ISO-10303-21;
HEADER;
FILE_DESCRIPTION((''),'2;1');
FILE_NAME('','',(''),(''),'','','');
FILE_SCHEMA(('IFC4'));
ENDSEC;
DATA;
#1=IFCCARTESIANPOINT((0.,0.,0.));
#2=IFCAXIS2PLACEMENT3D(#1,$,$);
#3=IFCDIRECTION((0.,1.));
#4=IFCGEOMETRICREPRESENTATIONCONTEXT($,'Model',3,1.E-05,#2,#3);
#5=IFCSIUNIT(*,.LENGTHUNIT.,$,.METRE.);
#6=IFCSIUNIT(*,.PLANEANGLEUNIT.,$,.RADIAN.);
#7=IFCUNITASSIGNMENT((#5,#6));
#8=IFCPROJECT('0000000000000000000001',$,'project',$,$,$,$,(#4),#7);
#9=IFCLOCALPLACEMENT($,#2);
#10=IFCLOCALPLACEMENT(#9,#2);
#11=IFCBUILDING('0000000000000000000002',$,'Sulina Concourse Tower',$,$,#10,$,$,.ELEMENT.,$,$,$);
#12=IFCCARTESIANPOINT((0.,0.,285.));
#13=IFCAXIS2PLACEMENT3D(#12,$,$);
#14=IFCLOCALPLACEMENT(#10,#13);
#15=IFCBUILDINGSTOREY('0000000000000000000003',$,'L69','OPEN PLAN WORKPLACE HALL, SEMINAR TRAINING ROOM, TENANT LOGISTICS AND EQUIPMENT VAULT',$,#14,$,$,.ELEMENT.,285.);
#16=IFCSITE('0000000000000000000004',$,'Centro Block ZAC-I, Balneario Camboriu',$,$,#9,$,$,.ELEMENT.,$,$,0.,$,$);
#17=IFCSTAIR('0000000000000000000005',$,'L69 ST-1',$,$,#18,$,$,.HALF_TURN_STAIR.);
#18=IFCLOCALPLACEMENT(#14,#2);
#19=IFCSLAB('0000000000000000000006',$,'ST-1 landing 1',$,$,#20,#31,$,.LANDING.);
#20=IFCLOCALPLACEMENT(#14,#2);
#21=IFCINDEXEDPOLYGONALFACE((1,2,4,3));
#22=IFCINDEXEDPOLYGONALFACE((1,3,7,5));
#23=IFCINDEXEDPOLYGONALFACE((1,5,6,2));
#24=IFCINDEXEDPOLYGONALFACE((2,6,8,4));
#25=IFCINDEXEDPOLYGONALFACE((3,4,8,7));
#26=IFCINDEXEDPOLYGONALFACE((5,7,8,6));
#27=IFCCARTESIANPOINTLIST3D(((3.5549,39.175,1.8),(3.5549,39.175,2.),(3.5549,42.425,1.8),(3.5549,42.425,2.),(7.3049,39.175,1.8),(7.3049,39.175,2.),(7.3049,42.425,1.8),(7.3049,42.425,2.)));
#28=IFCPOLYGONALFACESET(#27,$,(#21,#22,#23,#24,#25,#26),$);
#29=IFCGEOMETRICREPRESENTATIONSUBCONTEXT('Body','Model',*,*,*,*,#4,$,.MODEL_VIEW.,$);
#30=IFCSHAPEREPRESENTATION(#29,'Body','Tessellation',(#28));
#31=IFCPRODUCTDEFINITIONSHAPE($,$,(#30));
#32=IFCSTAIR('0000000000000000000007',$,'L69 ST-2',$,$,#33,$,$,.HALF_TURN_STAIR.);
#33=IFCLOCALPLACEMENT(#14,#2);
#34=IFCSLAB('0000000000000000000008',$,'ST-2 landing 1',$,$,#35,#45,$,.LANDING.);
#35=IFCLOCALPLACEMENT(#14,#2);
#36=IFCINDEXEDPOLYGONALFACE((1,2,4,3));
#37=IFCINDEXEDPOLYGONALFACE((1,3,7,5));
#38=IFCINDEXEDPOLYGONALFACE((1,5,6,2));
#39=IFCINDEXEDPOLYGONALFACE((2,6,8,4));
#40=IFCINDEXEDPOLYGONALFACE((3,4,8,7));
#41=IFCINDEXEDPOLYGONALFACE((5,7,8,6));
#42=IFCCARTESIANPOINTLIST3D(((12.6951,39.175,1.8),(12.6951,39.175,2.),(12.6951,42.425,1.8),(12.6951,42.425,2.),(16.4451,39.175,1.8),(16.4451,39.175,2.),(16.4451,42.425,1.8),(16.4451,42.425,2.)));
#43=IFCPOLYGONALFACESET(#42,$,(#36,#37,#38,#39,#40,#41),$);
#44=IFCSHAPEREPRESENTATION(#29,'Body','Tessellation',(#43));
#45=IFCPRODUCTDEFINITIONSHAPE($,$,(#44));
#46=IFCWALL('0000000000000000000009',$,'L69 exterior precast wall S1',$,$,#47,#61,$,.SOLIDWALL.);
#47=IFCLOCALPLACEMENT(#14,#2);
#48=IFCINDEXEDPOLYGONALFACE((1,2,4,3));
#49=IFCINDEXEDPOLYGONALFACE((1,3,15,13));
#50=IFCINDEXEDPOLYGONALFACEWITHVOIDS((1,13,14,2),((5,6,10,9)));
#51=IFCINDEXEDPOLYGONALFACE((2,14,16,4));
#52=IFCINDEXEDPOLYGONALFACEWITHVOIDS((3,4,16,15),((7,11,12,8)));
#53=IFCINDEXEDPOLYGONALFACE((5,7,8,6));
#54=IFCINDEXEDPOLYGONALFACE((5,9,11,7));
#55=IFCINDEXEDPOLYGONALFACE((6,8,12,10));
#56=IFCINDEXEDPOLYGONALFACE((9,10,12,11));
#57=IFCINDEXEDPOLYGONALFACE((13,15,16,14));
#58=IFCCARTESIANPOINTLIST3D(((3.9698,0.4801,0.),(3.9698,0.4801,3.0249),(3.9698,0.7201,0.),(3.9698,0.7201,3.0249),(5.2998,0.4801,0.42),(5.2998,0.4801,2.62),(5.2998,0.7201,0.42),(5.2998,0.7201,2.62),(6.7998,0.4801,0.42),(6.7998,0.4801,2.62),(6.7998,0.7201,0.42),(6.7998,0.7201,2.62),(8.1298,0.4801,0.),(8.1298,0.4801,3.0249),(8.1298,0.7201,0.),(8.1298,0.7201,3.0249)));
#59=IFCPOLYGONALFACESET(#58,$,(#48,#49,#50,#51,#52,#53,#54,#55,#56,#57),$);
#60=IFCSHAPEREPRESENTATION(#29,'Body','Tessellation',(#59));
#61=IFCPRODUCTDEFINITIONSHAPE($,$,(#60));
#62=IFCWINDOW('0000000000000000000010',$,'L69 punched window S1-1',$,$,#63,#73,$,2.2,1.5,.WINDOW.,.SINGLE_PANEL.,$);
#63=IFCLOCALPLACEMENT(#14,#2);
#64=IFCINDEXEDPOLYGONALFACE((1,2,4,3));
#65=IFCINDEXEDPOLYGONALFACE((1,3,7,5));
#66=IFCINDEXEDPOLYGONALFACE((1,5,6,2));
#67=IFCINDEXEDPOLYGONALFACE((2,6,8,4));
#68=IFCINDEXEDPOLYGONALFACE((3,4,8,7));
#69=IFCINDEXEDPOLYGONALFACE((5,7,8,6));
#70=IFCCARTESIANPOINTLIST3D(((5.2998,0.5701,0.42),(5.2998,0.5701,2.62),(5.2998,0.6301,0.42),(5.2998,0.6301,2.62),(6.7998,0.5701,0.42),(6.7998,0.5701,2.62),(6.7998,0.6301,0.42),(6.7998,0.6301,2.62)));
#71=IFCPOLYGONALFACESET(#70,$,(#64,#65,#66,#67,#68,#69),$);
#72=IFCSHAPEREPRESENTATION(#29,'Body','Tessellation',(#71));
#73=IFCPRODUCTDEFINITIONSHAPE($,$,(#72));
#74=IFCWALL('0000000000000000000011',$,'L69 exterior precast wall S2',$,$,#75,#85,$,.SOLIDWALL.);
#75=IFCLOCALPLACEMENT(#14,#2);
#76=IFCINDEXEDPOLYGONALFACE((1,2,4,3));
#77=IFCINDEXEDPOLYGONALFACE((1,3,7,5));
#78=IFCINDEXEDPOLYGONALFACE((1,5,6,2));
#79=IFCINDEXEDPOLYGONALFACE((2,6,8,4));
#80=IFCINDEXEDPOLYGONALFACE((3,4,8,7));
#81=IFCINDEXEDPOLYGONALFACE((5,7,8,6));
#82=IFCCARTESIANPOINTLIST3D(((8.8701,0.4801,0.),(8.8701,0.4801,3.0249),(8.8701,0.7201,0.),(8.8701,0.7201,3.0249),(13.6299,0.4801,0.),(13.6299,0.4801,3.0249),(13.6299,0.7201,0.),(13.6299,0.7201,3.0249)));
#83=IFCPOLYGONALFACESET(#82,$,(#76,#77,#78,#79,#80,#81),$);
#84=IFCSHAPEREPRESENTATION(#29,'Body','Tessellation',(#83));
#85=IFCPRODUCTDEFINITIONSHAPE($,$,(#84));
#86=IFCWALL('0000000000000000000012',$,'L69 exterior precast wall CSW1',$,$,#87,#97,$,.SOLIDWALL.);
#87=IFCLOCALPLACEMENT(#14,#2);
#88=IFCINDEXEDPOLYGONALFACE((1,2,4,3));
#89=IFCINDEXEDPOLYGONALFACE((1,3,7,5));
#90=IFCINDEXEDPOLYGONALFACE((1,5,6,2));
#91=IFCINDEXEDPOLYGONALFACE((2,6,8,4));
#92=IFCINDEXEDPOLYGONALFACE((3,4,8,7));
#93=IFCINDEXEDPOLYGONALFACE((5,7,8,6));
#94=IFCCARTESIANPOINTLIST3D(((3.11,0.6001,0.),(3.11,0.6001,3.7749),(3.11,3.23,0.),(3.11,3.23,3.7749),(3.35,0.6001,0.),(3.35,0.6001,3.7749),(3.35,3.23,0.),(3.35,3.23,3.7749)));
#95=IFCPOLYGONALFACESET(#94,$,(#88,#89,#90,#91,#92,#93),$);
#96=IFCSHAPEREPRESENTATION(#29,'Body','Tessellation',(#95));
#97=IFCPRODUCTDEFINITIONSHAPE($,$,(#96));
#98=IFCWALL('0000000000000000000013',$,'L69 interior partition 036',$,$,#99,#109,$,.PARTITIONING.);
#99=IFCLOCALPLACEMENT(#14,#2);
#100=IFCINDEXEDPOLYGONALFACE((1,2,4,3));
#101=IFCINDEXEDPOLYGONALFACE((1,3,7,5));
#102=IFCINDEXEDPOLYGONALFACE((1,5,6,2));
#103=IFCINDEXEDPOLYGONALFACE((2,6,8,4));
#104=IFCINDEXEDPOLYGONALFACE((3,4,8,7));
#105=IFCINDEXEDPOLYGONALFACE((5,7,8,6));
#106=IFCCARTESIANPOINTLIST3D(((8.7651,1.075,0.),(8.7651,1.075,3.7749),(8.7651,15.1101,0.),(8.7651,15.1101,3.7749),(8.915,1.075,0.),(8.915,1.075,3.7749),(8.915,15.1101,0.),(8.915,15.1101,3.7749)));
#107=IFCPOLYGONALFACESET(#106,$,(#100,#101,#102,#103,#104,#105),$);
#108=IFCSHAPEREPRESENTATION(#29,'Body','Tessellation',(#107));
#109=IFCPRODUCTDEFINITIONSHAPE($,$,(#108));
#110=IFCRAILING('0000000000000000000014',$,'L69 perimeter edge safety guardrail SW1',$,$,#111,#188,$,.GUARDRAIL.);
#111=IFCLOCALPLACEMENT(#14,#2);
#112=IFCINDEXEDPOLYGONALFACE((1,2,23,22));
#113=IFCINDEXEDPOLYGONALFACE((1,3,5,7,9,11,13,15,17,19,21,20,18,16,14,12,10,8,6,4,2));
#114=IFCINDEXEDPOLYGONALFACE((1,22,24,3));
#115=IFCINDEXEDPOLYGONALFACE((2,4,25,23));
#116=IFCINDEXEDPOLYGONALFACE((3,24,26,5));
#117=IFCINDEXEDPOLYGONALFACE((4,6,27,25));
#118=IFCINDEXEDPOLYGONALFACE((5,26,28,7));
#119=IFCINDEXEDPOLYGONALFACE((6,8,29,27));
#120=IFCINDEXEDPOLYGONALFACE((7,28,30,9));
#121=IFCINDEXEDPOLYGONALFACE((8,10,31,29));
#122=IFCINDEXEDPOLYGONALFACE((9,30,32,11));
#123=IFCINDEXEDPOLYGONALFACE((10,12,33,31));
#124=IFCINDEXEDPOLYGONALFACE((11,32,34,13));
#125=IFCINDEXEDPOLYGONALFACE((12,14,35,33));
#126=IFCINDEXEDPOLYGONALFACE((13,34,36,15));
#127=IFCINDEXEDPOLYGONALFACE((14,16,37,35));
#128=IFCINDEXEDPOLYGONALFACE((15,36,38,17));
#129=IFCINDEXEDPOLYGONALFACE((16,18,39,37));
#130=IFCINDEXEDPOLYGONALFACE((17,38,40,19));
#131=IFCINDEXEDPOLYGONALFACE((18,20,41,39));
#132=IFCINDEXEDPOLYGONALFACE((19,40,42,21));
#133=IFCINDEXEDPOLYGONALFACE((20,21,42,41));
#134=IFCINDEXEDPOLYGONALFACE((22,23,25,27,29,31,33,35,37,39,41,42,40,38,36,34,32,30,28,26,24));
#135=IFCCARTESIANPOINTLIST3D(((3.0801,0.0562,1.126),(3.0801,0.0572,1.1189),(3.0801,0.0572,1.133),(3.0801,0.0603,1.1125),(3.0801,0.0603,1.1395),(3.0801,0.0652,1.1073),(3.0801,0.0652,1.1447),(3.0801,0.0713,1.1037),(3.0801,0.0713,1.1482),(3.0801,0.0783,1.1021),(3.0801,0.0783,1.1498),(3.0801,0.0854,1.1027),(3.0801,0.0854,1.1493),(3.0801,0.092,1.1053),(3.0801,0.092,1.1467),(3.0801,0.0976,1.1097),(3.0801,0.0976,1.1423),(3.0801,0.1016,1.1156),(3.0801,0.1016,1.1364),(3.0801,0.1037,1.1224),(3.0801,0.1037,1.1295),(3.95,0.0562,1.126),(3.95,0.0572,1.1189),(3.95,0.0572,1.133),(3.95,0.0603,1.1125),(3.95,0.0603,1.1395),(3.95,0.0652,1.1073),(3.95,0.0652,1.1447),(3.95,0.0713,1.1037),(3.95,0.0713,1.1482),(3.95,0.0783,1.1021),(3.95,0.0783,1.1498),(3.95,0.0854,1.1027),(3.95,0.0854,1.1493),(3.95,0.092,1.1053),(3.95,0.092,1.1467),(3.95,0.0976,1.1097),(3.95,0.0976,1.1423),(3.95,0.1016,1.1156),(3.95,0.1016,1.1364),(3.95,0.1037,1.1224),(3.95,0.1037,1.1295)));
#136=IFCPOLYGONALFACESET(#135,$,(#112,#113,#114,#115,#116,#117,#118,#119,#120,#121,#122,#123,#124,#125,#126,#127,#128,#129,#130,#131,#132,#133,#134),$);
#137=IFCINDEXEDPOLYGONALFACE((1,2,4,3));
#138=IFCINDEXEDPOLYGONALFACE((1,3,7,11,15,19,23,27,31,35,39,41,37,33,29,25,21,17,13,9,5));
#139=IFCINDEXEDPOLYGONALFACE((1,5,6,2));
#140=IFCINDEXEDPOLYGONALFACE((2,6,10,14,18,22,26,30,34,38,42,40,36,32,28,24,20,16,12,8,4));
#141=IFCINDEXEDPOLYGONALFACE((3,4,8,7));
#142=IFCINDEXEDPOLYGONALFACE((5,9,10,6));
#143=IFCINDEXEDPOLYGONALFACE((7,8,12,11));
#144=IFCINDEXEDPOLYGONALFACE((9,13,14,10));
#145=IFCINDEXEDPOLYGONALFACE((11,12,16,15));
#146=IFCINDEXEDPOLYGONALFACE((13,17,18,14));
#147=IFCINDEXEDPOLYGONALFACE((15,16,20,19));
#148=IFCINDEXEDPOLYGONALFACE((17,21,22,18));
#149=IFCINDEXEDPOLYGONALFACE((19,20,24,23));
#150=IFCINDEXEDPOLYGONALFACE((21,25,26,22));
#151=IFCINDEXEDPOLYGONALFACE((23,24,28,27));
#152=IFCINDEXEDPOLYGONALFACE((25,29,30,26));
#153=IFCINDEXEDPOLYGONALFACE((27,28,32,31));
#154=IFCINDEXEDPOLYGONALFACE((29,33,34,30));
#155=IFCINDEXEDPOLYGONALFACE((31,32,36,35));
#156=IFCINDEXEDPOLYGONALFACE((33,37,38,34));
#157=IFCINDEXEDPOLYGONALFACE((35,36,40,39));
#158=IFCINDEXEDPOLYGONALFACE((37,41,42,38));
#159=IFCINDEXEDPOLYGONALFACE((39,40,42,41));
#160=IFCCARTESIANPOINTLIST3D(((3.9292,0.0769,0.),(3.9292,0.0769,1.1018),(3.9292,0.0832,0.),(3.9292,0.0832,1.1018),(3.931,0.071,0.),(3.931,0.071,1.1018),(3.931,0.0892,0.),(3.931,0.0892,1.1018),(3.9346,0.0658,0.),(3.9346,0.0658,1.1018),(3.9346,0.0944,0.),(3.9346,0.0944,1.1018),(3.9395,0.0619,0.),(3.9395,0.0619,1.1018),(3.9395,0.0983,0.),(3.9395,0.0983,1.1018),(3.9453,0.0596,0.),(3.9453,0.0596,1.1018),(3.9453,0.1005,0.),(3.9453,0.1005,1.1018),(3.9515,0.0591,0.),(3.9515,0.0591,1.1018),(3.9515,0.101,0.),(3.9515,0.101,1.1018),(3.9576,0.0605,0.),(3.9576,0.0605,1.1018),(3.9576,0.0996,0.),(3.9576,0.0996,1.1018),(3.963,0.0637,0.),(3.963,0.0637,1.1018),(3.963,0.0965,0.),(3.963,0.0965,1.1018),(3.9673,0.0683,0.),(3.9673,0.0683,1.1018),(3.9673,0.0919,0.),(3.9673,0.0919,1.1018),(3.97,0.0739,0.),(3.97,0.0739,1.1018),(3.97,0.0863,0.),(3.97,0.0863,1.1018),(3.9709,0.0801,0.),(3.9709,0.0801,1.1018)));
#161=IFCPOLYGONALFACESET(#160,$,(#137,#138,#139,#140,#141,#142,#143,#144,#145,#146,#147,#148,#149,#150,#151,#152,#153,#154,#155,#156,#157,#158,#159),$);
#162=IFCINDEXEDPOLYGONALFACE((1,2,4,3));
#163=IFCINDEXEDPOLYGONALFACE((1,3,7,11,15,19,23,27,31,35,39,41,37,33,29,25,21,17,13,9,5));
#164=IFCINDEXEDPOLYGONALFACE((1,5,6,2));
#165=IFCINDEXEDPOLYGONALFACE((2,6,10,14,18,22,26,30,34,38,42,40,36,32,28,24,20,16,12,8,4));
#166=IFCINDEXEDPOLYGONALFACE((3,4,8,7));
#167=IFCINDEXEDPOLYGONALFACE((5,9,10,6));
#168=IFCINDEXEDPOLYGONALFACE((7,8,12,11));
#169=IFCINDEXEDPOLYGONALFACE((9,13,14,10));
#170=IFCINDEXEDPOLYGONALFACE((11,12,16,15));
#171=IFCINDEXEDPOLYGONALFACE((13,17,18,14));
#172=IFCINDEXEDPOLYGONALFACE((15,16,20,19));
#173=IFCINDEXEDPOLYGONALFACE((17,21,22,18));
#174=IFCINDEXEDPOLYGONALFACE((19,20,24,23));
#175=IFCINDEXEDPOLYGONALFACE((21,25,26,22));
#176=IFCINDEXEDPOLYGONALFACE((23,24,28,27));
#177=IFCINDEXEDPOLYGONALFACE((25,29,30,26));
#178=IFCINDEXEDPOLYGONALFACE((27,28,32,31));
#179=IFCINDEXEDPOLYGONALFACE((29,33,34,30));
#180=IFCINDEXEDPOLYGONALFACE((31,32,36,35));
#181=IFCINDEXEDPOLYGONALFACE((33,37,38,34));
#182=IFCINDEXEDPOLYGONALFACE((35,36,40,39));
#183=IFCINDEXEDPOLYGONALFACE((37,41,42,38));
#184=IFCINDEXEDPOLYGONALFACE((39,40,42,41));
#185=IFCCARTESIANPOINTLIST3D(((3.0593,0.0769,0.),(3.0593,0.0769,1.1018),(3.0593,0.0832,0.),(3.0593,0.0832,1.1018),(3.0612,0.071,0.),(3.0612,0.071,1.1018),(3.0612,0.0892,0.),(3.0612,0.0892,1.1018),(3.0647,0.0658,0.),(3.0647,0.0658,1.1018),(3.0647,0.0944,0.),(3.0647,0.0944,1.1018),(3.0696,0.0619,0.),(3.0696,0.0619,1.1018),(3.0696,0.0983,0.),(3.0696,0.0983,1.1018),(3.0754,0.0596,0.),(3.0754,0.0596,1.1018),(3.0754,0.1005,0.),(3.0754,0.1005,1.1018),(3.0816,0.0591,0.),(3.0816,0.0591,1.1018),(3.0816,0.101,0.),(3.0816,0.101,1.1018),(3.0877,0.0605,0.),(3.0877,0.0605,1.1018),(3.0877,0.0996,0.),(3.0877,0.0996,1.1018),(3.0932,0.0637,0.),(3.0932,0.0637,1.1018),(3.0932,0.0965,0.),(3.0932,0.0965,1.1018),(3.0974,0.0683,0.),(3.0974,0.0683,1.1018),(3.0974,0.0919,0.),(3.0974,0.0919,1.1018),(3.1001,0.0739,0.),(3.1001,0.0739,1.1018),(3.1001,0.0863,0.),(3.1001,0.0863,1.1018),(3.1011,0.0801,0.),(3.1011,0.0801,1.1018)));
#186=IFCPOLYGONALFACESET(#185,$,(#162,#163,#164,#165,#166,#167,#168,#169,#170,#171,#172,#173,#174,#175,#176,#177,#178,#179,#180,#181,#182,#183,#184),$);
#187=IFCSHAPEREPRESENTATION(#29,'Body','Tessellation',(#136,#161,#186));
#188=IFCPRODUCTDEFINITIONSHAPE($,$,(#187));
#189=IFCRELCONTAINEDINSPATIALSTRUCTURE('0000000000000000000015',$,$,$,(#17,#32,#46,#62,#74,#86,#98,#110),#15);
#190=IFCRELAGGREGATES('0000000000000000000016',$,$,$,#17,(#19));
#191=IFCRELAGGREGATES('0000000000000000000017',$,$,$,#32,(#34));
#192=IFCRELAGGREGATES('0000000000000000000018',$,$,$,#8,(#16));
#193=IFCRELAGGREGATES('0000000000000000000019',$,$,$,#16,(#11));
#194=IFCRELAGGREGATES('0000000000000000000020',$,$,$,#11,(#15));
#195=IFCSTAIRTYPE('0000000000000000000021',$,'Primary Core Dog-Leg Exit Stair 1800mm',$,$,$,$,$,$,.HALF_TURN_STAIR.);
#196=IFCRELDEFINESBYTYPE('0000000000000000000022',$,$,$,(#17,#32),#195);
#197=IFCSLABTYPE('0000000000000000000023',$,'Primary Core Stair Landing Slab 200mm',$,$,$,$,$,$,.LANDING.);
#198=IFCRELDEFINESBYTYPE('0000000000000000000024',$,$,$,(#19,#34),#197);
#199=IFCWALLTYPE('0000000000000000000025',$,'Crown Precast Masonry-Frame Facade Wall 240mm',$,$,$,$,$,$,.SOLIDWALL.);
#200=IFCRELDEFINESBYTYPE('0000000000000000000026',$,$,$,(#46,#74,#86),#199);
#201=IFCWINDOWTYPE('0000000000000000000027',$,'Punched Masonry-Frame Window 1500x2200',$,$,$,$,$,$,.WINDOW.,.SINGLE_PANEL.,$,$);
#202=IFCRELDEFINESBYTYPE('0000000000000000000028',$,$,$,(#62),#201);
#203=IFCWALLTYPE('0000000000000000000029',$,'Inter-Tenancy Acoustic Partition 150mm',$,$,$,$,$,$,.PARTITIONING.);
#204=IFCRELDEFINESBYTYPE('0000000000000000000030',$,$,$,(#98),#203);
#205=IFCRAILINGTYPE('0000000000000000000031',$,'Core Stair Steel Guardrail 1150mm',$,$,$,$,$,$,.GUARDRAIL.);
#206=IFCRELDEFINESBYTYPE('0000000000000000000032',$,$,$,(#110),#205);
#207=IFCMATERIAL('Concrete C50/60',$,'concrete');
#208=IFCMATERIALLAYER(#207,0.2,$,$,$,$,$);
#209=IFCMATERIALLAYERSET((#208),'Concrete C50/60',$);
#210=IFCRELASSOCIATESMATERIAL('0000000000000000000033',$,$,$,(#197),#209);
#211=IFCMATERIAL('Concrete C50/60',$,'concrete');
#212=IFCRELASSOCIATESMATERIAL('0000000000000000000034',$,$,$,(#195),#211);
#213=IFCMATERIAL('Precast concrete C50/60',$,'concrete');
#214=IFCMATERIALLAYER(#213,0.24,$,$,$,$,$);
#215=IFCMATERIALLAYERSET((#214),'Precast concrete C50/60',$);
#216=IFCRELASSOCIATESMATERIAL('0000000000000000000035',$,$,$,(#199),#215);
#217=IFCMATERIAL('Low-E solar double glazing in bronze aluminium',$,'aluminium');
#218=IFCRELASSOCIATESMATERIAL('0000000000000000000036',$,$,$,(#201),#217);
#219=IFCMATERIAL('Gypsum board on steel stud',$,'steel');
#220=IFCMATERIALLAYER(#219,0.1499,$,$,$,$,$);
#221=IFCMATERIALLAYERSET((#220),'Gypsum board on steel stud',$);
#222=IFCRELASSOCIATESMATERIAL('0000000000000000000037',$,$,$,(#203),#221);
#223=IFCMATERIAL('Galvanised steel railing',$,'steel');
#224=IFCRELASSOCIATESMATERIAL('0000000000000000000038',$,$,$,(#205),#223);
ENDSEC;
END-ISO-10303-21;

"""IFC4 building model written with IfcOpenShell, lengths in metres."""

from ifc_helpers import new_model, si_unit, direction, frame, frame_2d, origin, origin_2d, place, context, subcontext, project, spatial, polyline, rectangle, circle, outline, extrude, material, layer, layer_set, type_object, element, fill, aggregate, save


model = new_model("IFC4")

# Units and contexts
model_context = context("Model", 3, precision=1e-05, world=origin(), true_north=direction((0.0, 1.0)))
body_context = subcontext(model_context, "Body", "Model", "MODEL_VIEW")
ifc_project = project(units=[si_unit("LENGTHUNIT", "METRE"), si_unit("PLANEANGLEUNIT", "RADIAN")], contexts=[model_context])

# Site, building, storey
site_placement = place(None, origin())
site = spatial("IfcSite", under=ifc_project, at=site_placement, Name="Centro Block ZAC-I, Balneario Camboriu", CompositionType="ELEMENT", RefElevation=0.0)
building_placement = place(site_placement, origin())
building = spatial("IfcBuilding", under=site, at=building_placement, Name="Sulina Concourse Tower", CompositionType="ELEMENT")
storey_placement = place(building_placement, frame((0.0, 0.0, 285.0)))
storey = spatial("IfcBuildingStorey", under=building, at=storey_placement, Name="L69", Description="OPEN PLAN WORKPLACE HALL, SEMINAR TRAINING ROOM, TENANT LOGISTICS AND EQUIPMENT VAULT", CompositionType="ELEMENT", Elevation=285.0)

# Shared definitions
ifc_material_1 = material(Name="Concrete C50/60", Category="concrete")
ifc_layer_1 = layer(ifc_material_1, 0.2)
ifc_layer_set_1 = layer_set([ifc_layer_1], Name="Concrete C50/60")
slab_type_1 = type_object("IfcSlabType", Name="Primary Core Stair Landing Slab 200mm", PredefinedType="LANDING", material=ifc_layer_set_1)

# Stairs, slabs
ifc_material_2 = material(Name="Concrete C50/60", Category="concrete")
stair_type = type_object("IfcStairType", Name="Primary Core Dog-Leg Exit Stair 1800mm", PredefinedType="HALF_TURN_STAIR", material=ifc_material_2)
stair_1_placement = place(storey_placement, origin())
stair_1 = element("IfcStair", 1, at=stair_1_placement, inside=storey, type_object=stair_type, Name="L69 ST-1", PredefinedType="HALF_TURN_STAIR")
slab_1_placement = place(storey_placement, frame((0.0, 0.0, 1.8)))
slab_1 = element("IfcSlab", 2, at=slab_1_placement, type_object=slab_type_1, Name="ST-1 landing 1", PredefinedType="LANDING", context=body_context, shape_type="SweptSolid", body=[
    extrude(outline(polyline([(7.3049, 39.175), (7.3049, 42.425), (3.5549, 42.425), (3.5549, 39.175), (7.3049, 39.175)])), origin(), (0.0, 0.0, 1.0), 0.2),
])
aggregate(stair_1, [slab_1])
stair_2_placement = place(storey_placement, origin())
stair_2 = element("IfcStair", 3, at=stair_2_placement, inside=storey, type_object=stair_type, Name="L69 ST-2", PredefinedType="HALF_TURN_STAIR")
slab_2_placement = place(storey_placement, frame((0.0, 0.0, 1.8)))
slab_2 = element("IfcSlab", 4, at=slab_2_placement, type_object=slab_type_1, Name="ST-2 landing 1", PredefinedType="LANDING", context=body_context, shape_type="SweptSolid", body=[
    extrude(outline(polyline([(16.4451, 39.175), (16.4451, 42.425), (12.6951, 42.425), (12.6951, 39.175), (16.4451, 39.175)])), origin(), (0.0, 0.0, 1.0), 0.2),
])
aggregate(stair_2, [slab_2])

# Wall, opening, window
ifc_material_3 = material(Name="Precast concrete C50/60", Category="concrete")
ifc_layer_2 = layer(ifc_material_3, 0.24)
ifc_layer_set_2 = layer_set([ifc_layer_2], Name="Precast concrete C50/60")
wall_type_1 = type_object("IfcWallType", Name="Crown Precast Masonry-Frame Facade Wall 240mm", PredefinedType="SOLIDWALL", material=ifc_layer_set_2)
wall_1_placement = place(storey_placement, frame((8.1299, 0.6001, 0.0), z_axis=(0.0, 0.0, 1.0), x_axis=(-1.0, 0.0, 0.0)))
wall_1 = element("IfcWall", 5, at=wall_1_placement, inside=storey, type_object=wall_type_1, Name="L69 exterior precast wall S1", PredefinedType="SOLIDWALL", context=body_context, shape_type="SweptSolid", body=[
    extrude(rectangle(XDim=4.1599, YDim=0.24, at=frame_2d((2.0801, 0.0))), origin(), (0.0, 0.0, 1.0), 3.0249),
])
opening_placement = place(wall_1_placement, frame((1.3301, 0.0, 0.4199)))
opening = element("IfcOpeningElement", 6, at=opening_placement, cuts=wall_1, PredefinedType="OPENING", context=body_context, shape_type="SweptSolid", body=[
    extrude(rectangle(XDim=1.5, YDim=2.2, at=frame_2d((0.75, 1.1001))), frame((0.0, 0.1299, 0.0), z_axis=(0.0, -1.0, 0.0), x_axis=(1.0, 0.0, 0.0)), (0.0, 0.0, 1.0), 0.26),
])
ifc_material_4 = material(Name="Low-E solar double glazing in bronze aluminium", Category="aluminium")
window_type = type_object("IfcWindowType", Name="Punched Masonry-Frame Window 1500x2200", PartitioningType="SINGLE_PANEL", PredefinedType="WINDOW", material=ifc_material_4)
window_placement = place(opening_placement, origin())
window = element("IfcWindow", 7, at=window_placement, inside=storey, type_object=window_type, Name="L69 punched window S1-1", OverallHeight=2.2, OverallWidth=1.5, PartitioningType="SINGLE_PANEL", PredefinedType="WINDOW", context=body_context, shape_type="SweptSolid", body=[
    extrude(rectangle(XDim=1.5, YDim=2.2, at=frame_2d((0.75, 1.1001))), frame((0.0, 0.03, 0.0), z_axis=(0.0, -1.0, 0.0), x_axis=(1.0, 0.0, 0.0)), (0.0, 0.0, 1.0), 0.0601),
])
fill(opening, window)

# Walls
wall_2_placement = place(storey_placement, frame((13.6299, 0.6001, 0.0), z_axis=(0.0, 0.0, 1.0), x_axis=(-1.0, 0.0, 0.0)))
element("IfcWall", 8, at=wall_2_placement, inside=storey, type_object=wall_type_1, Name="L69 exterior precast wall S2", PredefinedType="SOLIDWALL", context=body_context, shape_type="SweptSolid", body=[
    extrude(rectangle(XDim=4.7598, YDim=0.24, at=frame_2d((2.3799, 0.0))), origin(), (0.0, 0.0, 1.0), 3.0249),
])
wall_3_placement = place(storey_placement, frame((3.23, 0.6001, 0.0), z_axis=(0.0, 0.0, 1.0), x_axis=(0.0, 1.0, 0.0)))
element("IfcWall", 9, at=wall_3_placement, inside=storey, type_object=wall_type_1, Name="L69 exterior precast wall CSW1", PredefinedType="SOLIDWALL", context=body_context, shape_type="SweptSolid", body=[
    extrude(rectangle(XDim=2.6299, YDim=0.24, at=frame_2d((1.3149, 0.0))), origin(), (0.0, 0.0, 1.0), 3.7749),
])
ifc_material_5 = material(Name="Gypsum board on steel stud", Category="steel")
ifc_layer_3 = layer(ifc_material_5, 0.1499)
ifc_layer_set_3 = layer_set([ifc_layer_3], Name="Gypsum board on steel stud")
wall_type_2 = type_object("IfcWallType", Name="Inter-Tenancy Acoustic Partition 150mm", PredefinedType="PARTITIONING", material=ifc_layer_set_3)
wall_4_placement = place(storey_placement, frame((8.8401, 1.075, 0.0), z_axis=(0.0, 0.0, 1.0), x_axis=(0.0, 1.0, 0.0)))
element("IfcWall", 10, at=wall_4_placement, inside=storey, type_object=wall_type_2, Name="L69 interior partition 036", PredefinedType="PARTITIONING", context=body_context, shape_type="SweptSolid", body=[
    extrude(rectangle(XDim=14.0352, YDim=0.1499, at=frame_2d((7.0176, 0.0))), origin(), (0.0, 0.0, 1.0), 3.7749),
])

# Railing
ifc_material_6 = material(Name="Galvanised steel railing", Category="steel")
railing_type = type_object("IfcRailingType", Name="Core Stair Steel Guardrail 1150mm", PredefinedType="GUARDRAIL", material=ifc_material_6)
railing_1_placement = place(storey_placement, frame((3.95, 0.0801, 0.0)))
element("IfcRailing", 11, at=railing_1_placement, inside=storey, type_object=railing_type, Name="L69 perimeter edge safety guardrail SW1", PredefinedType="GUARDRAIL", context=body_context, shape_type="SweptSolid", body=[
    extrude(circle(Radius=0.0239, at=origin_2d()), frame((0.0, 0.0, 1.126), z_axis=(-1.0, 0.0, 0.0), x_axis=(0.0, -1.0, 0.0)), (0.0, 0.0, 1.0), 0.8699),
    extrude(circle(Radius=0.021, at=origin_2d()), origin(), (0.0, 0.0, 1.0), 1.1018),
    extrude(circle(Radius=0.021, at=origin_2d()), frame((-0.8699, 0.0, 0.0)), (0.0, 0.0, 1.0), 1.1018),
])

save(model, "model.ifc")
